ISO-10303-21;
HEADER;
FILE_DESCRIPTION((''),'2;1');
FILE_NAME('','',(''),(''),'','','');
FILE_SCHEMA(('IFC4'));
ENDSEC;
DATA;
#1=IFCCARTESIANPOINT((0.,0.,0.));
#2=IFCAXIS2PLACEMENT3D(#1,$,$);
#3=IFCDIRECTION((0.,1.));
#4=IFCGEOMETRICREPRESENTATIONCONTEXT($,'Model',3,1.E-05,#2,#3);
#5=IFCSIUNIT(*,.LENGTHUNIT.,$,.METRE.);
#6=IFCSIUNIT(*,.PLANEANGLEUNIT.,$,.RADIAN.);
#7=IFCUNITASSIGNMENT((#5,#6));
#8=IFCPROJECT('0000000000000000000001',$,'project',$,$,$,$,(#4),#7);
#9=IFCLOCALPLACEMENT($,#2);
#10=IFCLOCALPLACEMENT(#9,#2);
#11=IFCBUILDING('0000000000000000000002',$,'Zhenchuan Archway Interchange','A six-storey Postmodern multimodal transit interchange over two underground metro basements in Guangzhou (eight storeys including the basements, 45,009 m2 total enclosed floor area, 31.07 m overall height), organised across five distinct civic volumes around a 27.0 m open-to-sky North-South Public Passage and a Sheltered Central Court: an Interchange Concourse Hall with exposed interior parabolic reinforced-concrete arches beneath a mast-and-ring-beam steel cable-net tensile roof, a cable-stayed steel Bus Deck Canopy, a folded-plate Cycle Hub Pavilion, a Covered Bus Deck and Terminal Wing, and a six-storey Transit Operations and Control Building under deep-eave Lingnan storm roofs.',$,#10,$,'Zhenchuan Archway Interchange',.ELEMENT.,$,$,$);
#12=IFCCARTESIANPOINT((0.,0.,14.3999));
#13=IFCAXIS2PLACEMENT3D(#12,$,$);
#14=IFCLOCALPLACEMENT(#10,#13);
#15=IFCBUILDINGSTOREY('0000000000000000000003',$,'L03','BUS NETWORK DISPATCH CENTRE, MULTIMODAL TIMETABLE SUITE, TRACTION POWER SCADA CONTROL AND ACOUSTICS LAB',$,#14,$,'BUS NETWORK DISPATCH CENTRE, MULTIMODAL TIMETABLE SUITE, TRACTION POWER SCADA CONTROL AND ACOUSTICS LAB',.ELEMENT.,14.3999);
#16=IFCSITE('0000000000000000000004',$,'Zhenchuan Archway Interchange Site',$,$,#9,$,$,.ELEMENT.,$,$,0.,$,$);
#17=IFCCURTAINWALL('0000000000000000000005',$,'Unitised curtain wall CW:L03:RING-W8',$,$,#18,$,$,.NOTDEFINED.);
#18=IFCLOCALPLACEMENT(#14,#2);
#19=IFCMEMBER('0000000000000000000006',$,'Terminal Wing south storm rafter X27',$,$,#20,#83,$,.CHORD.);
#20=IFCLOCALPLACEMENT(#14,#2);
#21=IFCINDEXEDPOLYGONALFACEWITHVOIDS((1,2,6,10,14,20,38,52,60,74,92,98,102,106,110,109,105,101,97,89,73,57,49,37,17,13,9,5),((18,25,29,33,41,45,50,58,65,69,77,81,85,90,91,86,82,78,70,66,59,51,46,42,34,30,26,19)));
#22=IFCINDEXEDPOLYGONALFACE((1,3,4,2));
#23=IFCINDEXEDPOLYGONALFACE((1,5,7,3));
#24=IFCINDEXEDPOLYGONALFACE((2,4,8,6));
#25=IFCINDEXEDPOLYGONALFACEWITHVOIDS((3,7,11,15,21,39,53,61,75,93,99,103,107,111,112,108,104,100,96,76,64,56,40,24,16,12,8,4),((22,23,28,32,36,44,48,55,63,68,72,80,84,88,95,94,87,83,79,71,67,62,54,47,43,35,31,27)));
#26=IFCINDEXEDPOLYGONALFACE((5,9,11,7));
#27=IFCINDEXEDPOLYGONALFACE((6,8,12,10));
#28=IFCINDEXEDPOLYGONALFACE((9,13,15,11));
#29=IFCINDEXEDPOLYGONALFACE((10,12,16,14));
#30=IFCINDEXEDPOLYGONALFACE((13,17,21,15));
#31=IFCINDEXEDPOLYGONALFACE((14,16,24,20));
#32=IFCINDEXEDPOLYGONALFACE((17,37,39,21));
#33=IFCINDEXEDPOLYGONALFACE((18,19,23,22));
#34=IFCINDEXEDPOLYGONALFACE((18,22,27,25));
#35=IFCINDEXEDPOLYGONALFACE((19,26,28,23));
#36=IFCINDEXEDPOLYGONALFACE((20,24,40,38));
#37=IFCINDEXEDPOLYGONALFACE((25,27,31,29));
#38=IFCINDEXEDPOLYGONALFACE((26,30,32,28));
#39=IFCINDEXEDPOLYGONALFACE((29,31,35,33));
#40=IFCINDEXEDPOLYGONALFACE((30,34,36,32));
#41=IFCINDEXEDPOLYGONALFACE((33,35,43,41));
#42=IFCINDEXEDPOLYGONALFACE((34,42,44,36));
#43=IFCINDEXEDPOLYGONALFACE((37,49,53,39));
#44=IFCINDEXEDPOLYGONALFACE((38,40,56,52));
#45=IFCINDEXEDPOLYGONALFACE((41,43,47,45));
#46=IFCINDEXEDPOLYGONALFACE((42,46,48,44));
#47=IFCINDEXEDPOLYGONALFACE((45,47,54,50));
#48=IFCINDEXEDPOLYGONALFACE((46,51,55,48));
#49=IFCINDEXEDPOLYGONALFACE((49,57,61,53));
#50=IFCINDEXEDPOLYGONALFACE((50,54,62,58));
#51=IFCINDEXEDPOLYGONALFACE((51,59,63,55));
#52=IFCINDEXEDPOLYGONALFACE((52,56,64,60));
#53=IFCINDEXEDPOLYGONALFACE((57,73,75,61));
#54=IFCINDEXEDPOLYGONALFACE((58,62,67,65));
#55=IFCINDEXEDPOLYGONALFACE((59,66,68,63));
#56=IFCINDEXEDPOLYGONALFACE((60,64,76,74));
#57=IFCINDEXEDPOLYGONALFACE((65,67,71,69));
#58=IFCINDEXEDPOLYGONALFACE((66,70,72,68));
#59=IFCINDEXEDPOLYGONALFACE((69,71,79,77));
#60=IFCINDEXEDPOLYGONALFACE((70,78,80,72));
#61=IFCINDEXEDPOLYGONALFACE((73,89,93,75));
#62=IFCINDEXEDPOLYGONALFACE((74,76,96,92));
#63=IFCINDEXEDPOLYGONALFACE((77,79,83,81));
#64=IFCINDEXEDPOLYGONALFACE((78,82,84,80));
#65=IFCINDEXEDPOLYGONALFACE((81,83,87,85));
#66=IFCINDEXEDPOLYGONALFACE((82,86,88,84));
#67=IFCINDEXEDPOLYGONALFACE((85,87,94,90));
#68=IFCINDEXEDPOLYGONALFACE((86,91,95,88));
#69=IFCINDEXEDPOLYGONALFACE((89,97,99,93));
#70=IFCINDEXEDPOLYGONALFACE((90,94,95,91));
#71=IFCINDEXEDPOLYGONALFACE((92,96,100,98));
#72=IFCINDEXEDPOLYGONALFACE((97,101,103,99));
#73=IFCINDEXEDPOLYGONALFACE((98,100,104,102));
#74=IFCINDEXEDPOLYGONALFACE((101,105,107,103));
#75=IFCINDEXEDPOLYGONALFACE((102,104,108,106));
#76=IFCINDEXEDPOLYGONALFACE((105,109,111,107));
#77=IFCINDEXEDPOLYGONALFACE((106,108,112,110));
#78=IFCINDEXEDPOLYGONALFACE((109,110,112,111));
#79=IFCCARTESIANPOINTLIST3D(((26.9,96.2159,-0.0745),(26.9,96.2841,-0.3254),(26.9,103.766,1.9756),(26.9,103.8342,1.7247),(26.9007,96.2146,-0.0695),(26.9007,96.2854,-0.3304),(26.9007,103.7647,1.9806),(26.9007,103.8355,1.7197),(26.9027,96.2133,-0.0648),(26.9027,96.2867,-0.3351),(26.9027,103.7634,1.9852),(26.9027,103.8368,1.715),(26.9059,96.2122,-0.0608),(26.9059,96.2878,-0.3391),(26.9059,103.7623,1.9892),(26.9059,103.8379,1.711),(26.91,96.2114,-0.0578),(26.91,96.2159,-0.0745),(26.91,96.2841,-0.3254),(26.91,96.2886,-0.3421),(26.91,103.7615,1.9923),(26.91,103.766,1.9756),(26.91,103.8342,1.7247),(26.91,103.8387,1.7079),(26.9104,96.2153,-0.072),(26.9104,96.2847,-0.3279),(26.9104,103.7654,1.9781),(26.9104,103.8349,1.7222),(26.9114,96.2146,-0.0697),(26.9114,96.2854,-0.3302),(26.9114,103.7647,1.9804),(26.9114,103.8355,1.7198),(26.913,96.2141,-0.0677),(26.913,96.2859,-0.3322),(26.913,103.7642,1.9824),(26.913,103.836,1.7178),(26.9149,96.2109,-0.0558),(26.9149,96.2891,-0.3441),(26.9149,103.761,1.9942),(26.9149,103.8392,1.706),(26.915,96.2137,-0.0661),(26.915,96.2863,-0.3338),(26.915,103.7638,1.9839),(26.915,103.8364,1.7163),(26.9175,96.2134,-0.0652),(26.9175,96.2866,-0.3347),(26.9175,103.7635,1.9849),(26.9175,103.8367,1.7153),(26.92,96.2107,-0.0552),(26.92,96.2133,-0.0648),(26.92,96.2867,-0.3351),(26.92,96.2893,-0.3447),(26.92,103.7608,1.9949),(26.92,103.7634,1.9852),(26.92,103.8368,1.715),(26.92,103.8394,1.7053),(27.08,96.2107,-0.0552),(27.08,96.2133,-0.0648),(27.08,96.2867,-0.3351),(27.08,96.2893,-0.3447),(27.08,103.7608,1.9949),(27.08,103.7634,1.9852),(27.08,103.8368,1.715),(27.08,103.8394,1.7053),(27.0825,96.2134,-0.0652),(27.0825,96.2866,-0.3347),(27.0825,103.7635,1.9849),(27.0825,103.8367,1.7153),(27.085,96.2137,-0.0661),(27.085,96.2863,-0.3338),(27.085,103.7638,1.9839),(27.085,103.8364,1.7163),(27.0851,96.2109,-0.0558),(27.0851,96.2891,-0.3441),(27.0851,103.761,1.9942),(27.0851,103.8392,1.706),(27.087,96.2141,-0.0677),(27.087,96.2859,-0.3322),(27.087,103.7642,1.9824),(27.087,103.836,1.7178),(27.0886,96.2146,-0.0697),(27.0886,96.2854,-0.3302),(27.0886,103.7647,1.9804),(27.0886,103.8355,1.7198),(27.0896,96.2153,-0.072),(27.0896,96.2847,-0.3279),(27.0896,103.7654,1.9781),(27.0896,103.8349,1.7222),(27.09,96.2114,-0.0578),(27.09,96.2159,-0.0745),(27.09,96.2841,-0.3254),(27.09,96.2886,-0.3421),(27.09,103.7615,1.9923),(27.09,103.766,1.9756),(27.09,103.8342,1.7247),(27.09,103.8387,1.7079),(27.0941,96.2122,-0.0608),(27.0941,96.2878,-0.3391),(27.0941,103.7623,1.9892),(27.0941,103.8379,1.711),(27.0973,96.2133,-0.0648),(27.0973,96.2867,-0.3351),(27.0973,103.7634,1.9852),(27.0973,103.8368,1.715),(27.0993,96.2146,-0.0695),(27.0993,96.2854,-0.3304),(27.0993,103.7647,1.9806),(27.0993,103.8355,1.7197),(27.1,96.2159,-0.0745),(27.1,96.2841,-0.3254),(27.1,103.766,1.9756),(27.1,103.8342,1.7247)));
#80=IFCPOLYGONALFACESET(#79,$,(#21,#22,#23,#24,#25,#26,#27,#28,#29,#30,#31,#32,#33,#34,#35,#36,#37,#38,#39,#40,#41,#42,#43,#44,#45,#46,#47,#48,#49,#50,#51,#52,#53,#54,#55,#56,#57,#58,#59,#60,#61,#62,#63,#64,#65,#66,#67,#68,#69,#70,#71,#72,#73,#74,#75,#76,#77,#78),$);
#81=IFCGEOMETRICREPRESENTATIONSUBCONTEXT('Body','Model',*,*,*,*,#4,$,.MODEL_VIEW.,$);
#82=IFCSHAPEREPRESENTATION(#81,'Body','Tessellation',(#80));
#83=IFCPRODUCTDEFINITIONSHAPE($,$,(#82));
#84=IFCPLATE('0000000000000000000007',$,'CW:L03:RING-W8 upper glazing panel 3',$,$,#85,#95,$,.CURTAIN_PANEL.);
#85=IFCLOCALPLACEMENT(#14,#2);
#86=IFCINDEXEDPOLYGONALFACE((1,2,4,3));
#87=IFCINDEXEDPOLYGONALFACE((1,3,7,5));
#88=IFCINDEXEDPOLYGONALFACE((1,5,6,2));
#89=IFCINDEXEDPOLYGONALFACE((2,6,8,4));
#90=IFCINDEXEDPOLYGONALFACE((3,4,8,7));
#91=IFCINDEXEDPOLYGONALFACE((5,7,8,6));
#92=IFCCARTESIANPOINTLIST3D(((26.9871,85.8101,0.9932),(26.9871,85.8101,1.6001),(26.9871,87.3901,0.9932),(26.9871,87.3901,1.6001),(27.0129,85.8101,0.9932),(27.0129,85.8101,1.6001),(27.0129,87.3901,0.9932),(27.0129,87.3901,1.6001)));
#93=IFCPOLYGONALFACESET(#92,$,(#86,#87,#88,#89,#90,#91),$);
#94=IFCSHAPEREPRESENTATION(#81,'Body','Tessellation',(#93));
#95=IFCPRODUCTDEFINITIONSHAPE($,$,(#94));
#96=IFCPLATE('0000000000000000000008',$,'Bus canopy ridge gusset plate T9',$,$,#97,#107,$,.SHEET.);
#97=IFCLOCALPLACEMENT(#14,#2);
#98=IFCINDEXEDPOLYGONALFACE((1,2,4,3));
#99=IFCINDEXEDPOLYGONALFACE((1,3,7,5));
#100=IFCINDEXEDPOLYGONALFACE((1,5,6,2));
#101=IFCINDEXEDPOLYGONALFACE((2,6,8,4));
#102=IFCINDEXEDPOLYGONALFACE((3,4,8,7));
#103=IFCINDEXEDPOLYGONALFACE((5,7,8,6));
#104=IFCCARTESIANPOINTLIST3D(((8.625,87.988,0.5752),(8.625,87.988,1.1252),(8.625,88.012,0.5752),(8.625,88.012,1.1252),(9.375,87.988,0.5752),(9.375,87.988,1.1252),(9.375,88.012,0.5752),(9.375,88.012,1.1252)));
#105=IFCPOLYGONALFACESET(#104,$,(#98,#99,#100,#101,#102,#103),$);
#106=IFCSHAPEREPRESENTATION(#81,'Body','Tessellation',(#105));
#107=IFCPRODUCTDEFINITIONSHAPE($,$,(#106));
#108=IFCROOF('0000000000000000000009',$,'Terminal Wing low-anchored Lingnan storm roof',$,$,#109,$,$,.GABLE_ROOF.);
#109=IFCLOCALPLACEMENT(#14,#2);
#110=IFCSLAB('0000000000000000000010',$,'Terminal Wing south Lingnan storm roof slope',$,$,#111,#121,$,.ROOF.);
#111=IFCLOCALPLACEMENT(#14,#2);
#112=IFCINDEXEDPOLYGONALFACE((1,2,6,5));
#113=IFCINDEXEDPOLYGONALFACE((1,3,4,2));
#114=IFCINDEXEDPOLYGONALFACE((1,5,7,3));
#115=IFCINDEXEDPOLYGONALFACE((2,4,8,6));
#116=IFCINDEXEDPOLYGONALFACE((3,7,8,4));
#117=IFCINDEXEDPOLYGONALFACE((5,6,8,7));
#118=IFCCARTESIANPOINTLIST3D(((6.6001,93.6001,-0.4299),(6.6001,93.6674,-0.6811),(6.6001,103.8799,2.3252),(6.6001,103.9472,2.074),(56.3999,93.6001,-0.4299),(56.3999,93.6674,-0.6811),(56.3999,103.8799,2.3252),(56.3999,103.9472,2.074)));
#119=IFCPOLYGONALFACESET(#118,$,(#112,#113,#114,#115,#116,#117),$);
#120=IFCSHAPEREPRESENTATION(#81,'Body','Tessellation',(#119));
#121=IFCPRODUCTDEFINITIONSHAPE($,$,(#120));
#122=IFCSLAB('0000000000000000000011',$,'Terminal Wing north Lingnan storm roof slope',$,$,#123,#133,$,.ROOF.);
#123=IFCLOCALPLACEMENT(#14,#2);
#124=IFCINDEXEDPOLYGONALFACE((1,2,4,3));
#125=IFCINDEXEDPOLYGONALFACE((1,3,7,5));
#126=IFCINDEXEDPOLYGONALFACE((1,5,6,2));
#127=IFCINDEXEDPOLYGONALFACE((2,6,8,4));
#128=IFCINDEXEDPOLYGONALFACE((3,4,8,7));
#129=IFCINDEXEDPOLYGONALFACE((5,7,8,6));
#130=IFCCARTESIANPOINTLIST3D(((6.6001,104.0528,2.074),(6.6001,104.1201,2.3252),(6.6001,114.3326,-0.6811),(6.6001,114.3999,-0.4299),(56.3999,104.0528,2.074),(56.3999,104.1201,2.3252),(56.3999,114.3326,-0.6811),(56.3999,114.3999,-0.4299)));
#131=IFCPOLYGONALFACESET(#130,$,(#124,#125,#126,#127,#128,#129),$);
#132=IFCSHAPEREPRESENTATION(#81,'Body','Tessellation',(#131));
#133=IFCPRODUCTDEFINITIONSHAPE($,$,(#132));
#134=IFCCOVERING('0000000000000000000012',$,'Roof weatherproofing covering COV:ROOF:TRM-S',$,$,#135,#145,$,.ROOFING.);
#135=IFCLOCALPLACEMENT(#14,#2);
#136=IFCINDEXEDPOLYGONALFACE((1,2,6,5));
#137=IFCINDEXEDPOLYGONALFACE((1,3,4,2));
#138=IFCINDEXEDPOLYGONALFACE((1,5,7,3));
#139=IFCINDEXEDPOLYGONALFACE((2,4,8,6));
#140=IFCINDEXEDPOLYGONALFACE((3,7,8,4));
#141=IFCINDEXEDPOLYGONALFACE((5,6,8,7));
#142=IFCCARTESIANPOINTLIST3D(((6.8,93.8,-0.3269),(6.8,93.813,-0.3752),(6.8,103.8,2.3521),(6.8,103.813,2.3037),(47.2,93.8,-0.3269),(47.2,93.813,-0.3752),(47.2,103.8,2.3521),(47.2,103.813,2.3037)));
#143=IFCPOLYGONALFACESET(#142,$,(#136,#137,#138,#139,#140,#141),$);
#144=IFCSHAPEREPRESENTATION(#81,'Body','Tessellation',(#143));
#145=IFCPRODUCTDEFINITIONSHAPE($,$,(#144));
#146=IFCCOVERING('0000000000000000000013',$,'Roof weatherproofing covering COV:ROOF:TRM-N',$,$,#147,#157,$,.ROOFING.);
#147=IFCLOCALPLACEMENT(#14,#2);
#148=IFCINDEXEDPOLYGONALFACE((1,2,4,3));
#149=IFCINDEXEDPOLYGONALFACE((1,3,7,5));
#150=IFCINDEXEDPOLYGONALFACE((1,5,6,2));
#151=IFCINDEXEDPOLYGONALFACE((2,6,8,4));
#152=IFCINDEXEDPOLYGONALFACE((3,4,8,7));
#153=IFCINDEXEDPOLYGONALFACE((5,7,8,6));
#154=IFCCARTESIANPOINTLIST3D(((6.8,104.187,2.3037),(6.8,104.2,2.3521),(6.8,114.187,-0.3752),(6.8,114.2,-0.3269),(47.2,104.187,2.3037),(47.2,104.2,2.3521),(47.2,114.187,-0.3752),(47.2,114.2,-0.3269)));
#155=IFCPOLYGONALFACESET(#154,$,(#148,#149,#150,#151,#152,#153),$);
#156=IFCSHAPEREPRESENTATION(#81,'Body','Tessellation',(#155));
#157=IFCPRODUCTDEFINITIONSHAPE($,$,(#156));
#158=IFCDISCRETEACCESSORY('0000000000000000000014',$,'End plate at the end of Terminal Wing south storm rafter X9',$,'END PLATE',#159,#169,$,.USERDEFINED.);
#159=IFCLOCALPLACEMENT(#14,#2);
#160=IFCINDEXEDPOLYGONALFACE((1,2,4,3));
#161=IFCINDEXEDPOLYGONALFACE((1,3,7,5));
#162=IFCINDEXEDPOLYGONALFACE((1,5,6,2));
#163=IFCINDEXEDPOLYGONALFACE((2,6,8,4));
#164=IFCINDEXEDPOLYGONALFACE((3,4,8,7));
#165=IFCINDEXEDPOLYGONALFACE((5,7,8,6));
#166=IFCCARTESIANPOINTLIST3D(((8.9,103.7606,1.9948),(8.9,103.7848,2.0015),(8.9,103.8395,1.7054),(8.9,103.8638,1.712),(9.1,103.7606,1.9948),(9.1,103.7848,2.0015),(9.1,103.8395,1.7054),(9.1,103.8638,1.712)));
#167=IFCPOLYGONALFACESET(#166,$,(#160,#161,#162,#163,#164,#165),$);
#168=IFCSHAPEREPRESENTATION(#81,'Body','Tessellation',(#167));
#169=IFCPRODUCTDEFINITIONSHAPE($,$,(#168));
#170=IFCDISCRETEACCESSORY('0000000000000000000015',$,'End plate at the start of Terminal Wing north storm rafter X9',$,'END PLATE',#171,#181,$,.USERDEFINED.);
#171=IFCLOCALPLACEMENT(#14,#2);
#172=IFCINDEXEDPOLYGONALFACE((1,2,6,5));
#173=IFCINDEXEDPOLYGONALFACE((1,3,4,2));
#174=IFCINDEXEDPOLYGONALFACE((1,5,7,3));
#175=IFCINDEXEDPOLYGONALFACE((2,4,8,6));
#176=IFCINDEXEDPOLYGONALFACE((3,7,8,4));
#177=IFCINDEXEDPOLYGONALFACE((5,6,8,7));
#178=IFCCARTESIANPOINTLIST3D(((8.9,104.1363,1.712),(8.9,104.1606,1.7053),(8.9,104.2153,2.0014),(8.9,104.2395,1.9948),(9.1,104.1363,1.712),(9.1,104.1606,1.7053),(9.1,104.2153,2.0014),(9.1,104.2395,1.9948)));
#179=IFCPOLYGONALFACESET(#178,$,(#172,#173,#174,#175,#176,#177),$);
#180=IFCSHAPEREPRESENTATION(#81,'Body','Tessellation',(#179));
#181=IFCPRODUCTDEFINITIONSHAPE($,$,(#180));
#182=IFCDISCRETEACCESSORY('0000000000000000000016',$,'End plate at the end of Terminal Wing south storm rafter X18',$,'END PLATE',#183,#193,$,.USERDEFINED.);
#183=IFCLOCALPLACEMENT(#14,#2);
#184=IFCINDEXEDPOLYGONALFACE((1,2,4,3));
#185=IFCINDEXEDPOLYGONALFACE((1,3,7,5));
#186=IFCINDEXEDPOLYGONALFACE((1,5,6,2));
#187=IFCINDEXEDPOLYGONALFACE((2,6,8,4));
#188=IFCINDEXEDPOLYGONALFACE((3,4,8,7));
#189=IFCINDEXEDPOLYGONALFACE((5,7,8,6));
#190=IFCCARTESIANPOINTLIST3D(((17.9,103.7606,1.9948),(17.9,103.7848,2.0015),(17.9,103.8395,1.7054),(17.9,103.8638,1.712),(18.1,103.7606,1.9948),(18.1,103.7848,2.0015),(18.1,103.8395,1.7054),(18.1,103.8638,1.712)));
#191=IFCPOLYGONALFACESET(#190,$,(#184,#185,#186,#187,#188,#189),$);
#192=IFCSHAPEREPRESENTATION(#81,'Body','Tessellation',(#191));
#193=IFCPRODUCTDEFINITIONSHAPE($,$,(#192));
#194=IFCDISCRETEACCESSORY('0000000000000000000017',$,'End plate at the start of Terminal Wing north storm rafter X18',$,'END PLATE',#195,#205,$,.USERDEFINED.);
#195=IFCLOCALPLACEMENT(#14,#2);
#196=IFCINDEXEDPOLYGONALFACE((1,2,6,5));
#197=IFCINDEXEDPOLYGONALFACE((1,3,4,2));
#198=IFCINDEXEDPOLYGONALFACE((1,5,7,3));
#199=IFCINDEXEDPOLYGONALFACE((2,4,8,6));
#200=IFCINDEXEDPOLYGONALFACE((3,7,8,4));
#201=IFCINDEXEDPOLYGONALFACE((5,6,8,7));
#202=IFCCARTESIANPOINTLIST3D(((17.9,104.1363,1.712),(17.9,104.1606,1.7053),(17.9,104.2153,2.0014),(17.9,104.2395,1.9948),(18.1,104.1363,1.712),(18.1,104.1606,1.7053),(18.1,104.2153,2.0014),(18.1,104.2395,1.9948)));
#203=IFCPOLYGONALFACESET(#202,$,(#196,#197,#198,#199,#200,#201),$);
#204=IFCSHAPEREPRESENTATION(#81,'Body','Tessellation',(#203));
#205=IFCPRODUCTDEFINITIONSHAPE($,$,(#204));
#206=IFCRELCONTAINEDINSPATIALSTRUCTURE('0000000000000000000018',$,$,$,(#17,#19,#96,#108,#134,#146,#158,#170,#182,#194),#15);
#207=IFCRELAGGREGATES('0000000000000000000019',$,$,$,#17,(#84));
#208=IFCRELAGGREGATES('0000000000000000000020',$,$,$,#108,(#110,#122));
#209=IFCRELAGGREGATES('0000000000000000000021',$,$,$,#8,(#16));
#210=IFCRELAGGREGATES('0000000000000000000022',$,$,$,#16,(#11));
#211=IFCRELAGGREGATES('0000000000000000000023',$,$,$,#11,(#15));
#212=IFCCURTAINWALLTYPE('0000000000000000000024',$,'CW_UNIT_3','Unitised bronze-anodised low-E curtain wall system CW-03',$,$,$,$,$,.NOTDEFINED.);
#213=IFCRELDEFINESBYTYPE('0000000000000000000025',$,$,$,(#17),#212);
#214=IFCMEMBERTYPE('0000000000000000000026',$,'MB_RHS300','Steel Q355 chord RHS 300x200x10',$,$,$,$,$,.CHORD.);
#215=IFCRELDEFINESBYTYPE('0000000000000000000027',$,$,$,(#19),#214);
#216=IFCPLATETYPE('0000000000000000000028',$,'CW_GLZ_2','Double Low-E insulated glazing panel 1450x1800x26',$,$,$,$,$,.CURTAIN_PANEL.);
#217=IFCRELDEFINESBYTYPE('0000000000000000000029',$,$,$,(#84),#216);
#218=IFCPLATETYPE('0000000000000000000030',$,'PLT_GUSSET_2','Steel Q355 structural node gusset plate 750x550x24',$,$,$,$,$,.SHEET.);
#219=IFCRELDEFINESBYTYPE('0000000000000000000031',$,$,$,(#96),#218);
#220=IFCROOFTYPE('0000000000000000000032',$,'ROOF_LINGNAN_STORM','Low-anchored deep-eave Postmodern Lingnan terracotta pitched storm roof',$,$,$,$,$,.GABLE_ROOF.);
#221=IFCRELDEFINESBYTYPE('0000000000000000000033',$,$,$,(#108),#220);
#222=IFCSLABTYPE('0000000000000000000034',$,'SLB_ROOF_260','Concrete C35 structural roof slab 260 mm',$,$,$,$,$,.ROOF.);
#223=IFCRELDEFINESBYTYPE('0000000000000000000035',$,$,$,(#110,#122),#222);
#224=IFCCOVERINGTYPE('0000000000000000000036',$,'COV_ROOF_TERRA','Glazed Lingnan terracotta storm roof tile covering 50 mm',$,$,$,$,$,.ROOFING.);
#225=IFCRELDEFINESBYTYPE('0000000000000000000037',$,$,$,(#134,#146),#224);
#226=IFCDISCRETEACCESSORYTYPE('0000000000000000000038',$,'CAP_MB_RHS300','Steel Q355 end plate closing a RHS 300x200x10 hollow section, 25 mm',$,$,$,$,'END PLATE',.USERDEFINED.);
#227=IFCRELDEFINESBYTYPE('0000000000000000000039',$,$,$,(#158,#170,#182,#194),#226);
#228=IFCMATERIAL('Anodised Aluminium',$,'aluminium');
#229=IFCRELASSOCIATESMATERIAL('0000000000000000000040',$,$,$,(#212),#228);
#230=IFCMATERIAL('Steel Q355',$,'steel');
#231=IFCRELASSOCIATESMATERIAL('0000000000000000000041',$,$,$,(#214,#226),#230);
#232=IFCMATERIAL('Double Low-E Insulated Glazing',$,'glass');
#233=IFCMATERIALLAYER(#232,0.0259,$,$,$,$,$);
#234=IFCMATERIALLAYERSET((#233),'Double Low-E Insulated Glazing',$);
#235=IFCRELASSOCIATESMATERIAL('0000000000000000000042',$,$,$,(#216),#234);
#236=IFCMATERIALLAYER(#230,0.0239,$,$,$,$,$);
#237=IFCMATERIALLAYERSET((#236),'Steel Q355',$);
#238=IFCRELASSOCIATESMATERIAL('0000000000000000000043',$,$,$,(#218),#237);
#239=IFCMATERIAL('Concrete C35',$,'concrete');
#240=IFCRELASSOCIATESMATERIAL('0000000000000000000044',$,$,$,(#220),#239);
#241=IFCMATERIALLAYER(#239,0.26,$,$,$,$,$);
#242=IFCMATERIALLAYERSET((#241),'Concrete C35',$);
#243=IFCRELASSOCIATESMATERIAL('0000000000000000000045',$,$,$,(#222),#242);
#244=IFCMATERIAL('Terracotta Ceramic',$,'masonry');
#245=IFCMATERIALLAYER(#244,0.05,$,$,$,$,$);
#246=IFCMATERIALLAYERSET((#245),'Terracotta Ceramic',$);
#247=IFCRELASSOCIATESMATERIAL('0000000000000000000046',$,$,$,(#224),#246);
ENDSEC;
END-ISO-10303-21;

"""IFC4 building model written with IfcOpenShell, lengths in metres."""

from ifc_helpers import new_model, si_unit, direction, frame, origin, origin_2d, place, context, subcontext, project, spatial, polyline, rectangle, hollow_rectangle, outline, extrude, material, layer, layer_set, material_profile, profile_set, type_object, element, aggregate, save


model = new_model("IFC4")

# Units and contexts
model_context = context("Model", 3, precision=1e-05, world=origin(), true_north=direction((0.0, 1.0)))
body_context = subcontext(model_context, "Body", "Model", "MODEL_VIEW")
ifc_project = project(units=[si_unit("LENGTHUNIT", "METRE"), si_unit("PLANEANGLEUNIT", "RADIAN")], contexts=[model_context])

# Site, building, storey
site_placement = place(None, origin())
site = spatial("IfcSite", under=ifc_project, at=site_placement, Name="Zhenchuan Archway Interchange Site", CompositionType="ELEMENT", RefElevation=0.0)
building_placement = place(site_placement, origin())
building = spatial("IfcBuilding", under=site, at=building_placement, Name="Zhenchuan Archway Interchange", Description="A six-storey Postmodern multimodal transit interchange over two underground metro basements in Guangzhou (eight storeys including the basements, 45,009 m2 total enclosed floor area, 31.07 m overall height), organised across five distinct civic volumes around a 27.0 m open-to-sky North-South Public Passage and a Sheltered Central Court: an Interchange Concourse Hall with exposed interior parabolic reinforced-concrete arches beneath a mast-and-ring-beam steel cable-net tensile roof, a cable-stayed steel Bus Deck Canopy, a folded-plate Cycle Hub Pavilion, a Covered Bus Deck and Terminal Wing, and a six-storey Transit Operations and Control Building under deep-eave Lingnan storm roofs.", LongName="Zhenchuan Archway Interchange", CompositionType="ELEMENT")
storey_placement = place(building_placement, frame((0.0, 0.0, 14.3999)))
storey = spatial("IfcBuildingStorey", under=building, at=storey_placement, Name="L03", Description="BUS NETWORK DISPATCH CENTRE, MULTIMODAL TIMETABLE SUITE, TRACTION POWER SCADA CONTROL AND ACOUSTICS LAB", LongName="BUS NETWORK DISPATCH CENTRE, MULTIMODAL TIMETABLE SUITE, TRACTION POWER SCADA CONTROL AND ACOUSTICS LAB", CompositionType="ELEMENT", Elevation=14.3999)

# Shared definitions
ifc_material_1 = material(Name="Steel Q355", Category="steel")

# Curtain wall
ifc_material_2 = material(Name="Anodised Aluminium", Category="aluminium")
curtain_wall_type = type_object("IfcCurtainWallType", Name="CW_UNIT_3", Description="Unitised bronze-anodised low-E curtain wall system CW-03", PredefinedType="NOTDEFINED", material=ifc_material_2)
curtain_wall_placement = place(storey_placement, origin())
curtain_wall = element("IfcCurtainWall", 1, at=curtain_wall_placement, inside=storey, type_object=curtain_wall_type, Name="Unitised curtain wall CW:L03:RING-W8", PredefinedType="NOTDEFINED")

# Member
ifc_material_profile_1 = material_profile(ifc_material_1, hollow_rectangle(XDim=0.2, YDim=0.3, WallThickness=0.01, InnerFilletRadius=0.01, OuterFilletRadius=0.02, at=origin_2d()), Name="RHS 300x200x10")
ifc_profile_set_1 = profile_set([ifc_material_profile_1], Name="Steel Q355")
member_type_1 = type_object("IfcMemberType", Name="MB_RHS300", Description="Steel Q355 chord RHS 300x200x10", PredefinedType="CHORD", material=ifc_profile_set_1)
for number, where, z_axis, x_axis, name in (
    (2, (27.0, 96.25, -0.2), (0.0, 0.965057, 0.26204), (-1.0, 0.0, 0.0), "Terminal Wing south storm rafter X27"),
):
    element("IfcMember", number, at=place(storey_placement, frame(where, z_axis=z_axis, x_axis=x_axis)), inside=storey, type_object=member_type_1, Name=name, PredefinedType="CHORD", context=body_context, shape_type="SweptSolid", body=[
        extrude(hollow_rectangle(XDim=0.2, YDim=0.3, WallThickness=0.01, InnerFilletRadius=0.01, OuterFilletRadius=0.02, at=origin_2d()), origin(), (0.0, 0.0, 1.0), 7.8235),
    ])

# Plates
ifc_material_3 = material(Name="Double Low-E Insulated Glazing", Category="glass")
ifc_layer_1 = layer(ifc_material_3, 0.0259)
ifc_layer_set_1 = layer_set([ifc_layer_1], Name="Double Low-E Insulated Glazing")
plate_type_1 = type_object("IfcPlateType", Name="CW_GLZ_2", Description="Double Low-E insulated glazing panel 1450x1800x26", PredefinedType="CURTAIN_PANEL", material=ifc_layer_set_1)
plate_1_placement = place(storey_placement, frame((27.0, 86.6001, 0.9932), z_axis=(0.0, 0.0, 1.0), x_axis=(0.0, 1.0, 0.0)))
plate_1 = element("IfcPlate", 3, at=plate_1_placement, type_object=plate_type_1, Name="CW:L03:RING-W8 upper glazing panel 3", PredefinedType="CURTAIN_PANEL", context=body_context, shape_type="SweptSolid", body=[
    extrude(rectangle(XDim=1.5801, YDim=0.0259, at=origin_2d()), origin(), (0.0, 0.0, 1.0), 0.6069),
])
aggregate(curtain_wall, [plate_1])
ifc_layer_2 = layer(ifc_material_1, 0.0239)
ifc_layer_set_2 = layer_set([ifc_layer_2], Name="Steel Q355")
plate_type_2 = type_object("IfcPlateType", Name="PLT_GUSSET_2", Description="Steel Q355 structural node gusset plate 750x550x24", PredefinedType="SHEET", material=ifc_layer_set_2)
plate_2_placement = place(storey_placement, frame((9.0, 88.0, 0.5752), z_axis=(0.0, 0.0, 1.0), x_axis=(1.0, 0.0, 0.0)))
element("IfcPlate", 4, at=plate_2_placement, inside=storey, type_object=plate_type_2, Name="Bus canopy ridge gusset plate T9", PredefinedType="SHEET", context=body_context, shape_type="SweptSolid", body=[
    extrude(rectangle(XDim=0.75, YDim=0.0239, at=origin_2d()), origin(), (0.0, 0.0, 1.0), 0.55),
])

# Roof, slabs
ifc_material_4 = material(Name="Concrete C35", Category="concrete")
roof_type = type_object("IfcRoofType", Name="ROOF_LINGNAN_STORM", Description="Low-anchored deep-eave Postmodern Lingnan terracotta pitched storm roof", PredefinedType="GABLE_ROOF", material=ifc_material_4)
roof_placement = place(storey_placement, origin())
roof = element("IfcRoof", 5, at=roof_placement, inside=storey, type_object=roof_type, Name="Terminal Wing low-anchored Lingnan storm roof", PredefinedType="GABLE_ROOF")
ifc_layer_3 = layer(ifc_material_4, 0.26)
ifc_layer_set_3 = layer_set([ifc_layer_3], Name="Concrete C35")
slab_type = type_object("IfcSlabType", Name="SLB_ROOF_260", Description="Concrete C35 structural roof slab 260 mm", PredefinedType="ROOF", material=ifc_layer_set_3)
slab_1_placement = place(storey_placement, frame((6.6001, 93.6001, -0.4299), z_axis=(0.0, -0.258878, 0.96591), x_axis=(1.0, 0.0, 0.0)))
slab_1 = element("IfcSlab", 6, at=slab_1_placement, type_object=slab_type, Name="Terminal Wing south Lingnan storm roof slope", PredefinedType="ROOF", context=body_context, shape_type="SweptSolid", body=[
    extrude(outline(polyline([(0.0, 0.0), (49.7998, 0.0), (49.7998, 10.6426), (0.0, 10.6426), (0.0, 0.0)])), origin(), (0.0, 0.0, -1.0), 0.26),
])
slab_2_placement = place(storey_placement, frame((6.6001, 104.1201, 2.3252), z_axis=(0.0, 0.258878, 0.96591), x_axis=(1.0, 0.0, 0.0)))
slab_2 = element("IfcSlab", 7, at=slab_2_placement, type_object=slab_type, Name="Terminal Wing north Lingnan storm roof slope", PredefinedType="ROOF", context=body_context, shape_type="SweptSolid", body=[
    extrude(outline(polyline([(0.0, 0.0), (49.7998, 0.0), (49.7998, 10.6426), (0.0, 10.6426), (0.0, 0.0)])), origin(), (0.0, 0.0, -1.0), 0.26),
])
aggregate(roof, [slab_1, slab_2])

# Coverings
ifc_material_5 = material(Name="Terracotta Ceramic", Category="masonry")
ifc_layer_4 = layer(ifc_material_5, 0.05)
ifc_layer_set_4 = layer_set([ifc_layer_4], Name="Terracotta Ceramic")
covering_type = type_object("IfcCoveringType", Name="COV_ROOF_TERRA", Description="Glazed Lingnan terracotta storm roof tile covering 50 mm", PredefinedType="ROOFING", material=ifc_layer_set_4)
for number, where, z_axis, x_axis, name in (
    (8, (6.8, 93.8, -0.3269), (0.0, -0.258771, 0.965939), (1.0, 0.0, 0.0), "Roof weatherproofing covering COV:ROOF:TRM-S"),
    (9, (6.8, 104.2, 2.3521), (0.0, 0.258771, 0.965939), (1.0, 0.0, 0.0), "Roof weatherproofing covering COV:ROOF:TRM-N"),
):
    element("IfcCovering", number, at=place(storey_placement, frame(where, z_axis=z_axis, x_axis=x_axis)), inside=storey, type_object=covering_type, Name=name, PredefinedType="ROOFING", context=body_context, shape_type="SweptSolid", body=[
        extrude(outline(polyline([(0.0, 0.0), (40.3999, 0.0), (40.3999, 10.3526), (0.0, 10.3526), (0.0, 0.0)])), origin(), (0.0, 0.0, -1.0), 0.05),
    ])

# Discrete accessories
discrete_accessory_type = type_object("IfcDiscreteAccessoryType", Name="CAP_MB_RHS300", Description="Steel Q355 end plate closing a RHS 300x200x10 hollow section, 25 mm", ElementType="END PLATE", PredefinedType="USERDEFINED", material=ifc_material_1)
for number, where, z_axis, x_axis, name in (
    (10, (9.0, 103.8, 1.8501), (0.0, 0.964764, 0.263117), (-1.0, 0.0, 0.0), "End plate at the end of Terminal Wing south storm rafter X9"),
    (11, (9.0, 104.1758, 1.8567), (0.0, 0.964764, -0.263117), (-1.0, 0.0, 0.0), "End plate at the start of Terminal Wing north storm rafter X9"),
    (12, (18.0, 103.8, 1.8501), (0.0, 0.964764, 0.263117), (-1.0, 0.0, 0.0), "End plate at the end of Terminal Wing south storm rafter X18"),
    (13, (18.0, 104.1758, 1.8567), (0.0, 0.964764, -0.263117), (-1.0, 0.0, 0.0), "End plate at the start of Terminal Wing north storm rafter X18"),
):
    element("IfcDiscreteAccessory", number, at=place(storey_placement, frame(where, z_axis=z_axis, x_axis=x_axis)), inside=storey, type_object=discrete_accessory_type, Name=name, ObjectType="END PLATE", PredefinedType="USERDEFINED", context=body_context, shape_type="SweptSolid", body=[
        extrude(rectangle(XDim=0.2, YDim=0.3, at=origin_2d()), origin(), (0.0, 0.0, 1.0), 0.0251),
    ])

save(model, "model.ifc")
